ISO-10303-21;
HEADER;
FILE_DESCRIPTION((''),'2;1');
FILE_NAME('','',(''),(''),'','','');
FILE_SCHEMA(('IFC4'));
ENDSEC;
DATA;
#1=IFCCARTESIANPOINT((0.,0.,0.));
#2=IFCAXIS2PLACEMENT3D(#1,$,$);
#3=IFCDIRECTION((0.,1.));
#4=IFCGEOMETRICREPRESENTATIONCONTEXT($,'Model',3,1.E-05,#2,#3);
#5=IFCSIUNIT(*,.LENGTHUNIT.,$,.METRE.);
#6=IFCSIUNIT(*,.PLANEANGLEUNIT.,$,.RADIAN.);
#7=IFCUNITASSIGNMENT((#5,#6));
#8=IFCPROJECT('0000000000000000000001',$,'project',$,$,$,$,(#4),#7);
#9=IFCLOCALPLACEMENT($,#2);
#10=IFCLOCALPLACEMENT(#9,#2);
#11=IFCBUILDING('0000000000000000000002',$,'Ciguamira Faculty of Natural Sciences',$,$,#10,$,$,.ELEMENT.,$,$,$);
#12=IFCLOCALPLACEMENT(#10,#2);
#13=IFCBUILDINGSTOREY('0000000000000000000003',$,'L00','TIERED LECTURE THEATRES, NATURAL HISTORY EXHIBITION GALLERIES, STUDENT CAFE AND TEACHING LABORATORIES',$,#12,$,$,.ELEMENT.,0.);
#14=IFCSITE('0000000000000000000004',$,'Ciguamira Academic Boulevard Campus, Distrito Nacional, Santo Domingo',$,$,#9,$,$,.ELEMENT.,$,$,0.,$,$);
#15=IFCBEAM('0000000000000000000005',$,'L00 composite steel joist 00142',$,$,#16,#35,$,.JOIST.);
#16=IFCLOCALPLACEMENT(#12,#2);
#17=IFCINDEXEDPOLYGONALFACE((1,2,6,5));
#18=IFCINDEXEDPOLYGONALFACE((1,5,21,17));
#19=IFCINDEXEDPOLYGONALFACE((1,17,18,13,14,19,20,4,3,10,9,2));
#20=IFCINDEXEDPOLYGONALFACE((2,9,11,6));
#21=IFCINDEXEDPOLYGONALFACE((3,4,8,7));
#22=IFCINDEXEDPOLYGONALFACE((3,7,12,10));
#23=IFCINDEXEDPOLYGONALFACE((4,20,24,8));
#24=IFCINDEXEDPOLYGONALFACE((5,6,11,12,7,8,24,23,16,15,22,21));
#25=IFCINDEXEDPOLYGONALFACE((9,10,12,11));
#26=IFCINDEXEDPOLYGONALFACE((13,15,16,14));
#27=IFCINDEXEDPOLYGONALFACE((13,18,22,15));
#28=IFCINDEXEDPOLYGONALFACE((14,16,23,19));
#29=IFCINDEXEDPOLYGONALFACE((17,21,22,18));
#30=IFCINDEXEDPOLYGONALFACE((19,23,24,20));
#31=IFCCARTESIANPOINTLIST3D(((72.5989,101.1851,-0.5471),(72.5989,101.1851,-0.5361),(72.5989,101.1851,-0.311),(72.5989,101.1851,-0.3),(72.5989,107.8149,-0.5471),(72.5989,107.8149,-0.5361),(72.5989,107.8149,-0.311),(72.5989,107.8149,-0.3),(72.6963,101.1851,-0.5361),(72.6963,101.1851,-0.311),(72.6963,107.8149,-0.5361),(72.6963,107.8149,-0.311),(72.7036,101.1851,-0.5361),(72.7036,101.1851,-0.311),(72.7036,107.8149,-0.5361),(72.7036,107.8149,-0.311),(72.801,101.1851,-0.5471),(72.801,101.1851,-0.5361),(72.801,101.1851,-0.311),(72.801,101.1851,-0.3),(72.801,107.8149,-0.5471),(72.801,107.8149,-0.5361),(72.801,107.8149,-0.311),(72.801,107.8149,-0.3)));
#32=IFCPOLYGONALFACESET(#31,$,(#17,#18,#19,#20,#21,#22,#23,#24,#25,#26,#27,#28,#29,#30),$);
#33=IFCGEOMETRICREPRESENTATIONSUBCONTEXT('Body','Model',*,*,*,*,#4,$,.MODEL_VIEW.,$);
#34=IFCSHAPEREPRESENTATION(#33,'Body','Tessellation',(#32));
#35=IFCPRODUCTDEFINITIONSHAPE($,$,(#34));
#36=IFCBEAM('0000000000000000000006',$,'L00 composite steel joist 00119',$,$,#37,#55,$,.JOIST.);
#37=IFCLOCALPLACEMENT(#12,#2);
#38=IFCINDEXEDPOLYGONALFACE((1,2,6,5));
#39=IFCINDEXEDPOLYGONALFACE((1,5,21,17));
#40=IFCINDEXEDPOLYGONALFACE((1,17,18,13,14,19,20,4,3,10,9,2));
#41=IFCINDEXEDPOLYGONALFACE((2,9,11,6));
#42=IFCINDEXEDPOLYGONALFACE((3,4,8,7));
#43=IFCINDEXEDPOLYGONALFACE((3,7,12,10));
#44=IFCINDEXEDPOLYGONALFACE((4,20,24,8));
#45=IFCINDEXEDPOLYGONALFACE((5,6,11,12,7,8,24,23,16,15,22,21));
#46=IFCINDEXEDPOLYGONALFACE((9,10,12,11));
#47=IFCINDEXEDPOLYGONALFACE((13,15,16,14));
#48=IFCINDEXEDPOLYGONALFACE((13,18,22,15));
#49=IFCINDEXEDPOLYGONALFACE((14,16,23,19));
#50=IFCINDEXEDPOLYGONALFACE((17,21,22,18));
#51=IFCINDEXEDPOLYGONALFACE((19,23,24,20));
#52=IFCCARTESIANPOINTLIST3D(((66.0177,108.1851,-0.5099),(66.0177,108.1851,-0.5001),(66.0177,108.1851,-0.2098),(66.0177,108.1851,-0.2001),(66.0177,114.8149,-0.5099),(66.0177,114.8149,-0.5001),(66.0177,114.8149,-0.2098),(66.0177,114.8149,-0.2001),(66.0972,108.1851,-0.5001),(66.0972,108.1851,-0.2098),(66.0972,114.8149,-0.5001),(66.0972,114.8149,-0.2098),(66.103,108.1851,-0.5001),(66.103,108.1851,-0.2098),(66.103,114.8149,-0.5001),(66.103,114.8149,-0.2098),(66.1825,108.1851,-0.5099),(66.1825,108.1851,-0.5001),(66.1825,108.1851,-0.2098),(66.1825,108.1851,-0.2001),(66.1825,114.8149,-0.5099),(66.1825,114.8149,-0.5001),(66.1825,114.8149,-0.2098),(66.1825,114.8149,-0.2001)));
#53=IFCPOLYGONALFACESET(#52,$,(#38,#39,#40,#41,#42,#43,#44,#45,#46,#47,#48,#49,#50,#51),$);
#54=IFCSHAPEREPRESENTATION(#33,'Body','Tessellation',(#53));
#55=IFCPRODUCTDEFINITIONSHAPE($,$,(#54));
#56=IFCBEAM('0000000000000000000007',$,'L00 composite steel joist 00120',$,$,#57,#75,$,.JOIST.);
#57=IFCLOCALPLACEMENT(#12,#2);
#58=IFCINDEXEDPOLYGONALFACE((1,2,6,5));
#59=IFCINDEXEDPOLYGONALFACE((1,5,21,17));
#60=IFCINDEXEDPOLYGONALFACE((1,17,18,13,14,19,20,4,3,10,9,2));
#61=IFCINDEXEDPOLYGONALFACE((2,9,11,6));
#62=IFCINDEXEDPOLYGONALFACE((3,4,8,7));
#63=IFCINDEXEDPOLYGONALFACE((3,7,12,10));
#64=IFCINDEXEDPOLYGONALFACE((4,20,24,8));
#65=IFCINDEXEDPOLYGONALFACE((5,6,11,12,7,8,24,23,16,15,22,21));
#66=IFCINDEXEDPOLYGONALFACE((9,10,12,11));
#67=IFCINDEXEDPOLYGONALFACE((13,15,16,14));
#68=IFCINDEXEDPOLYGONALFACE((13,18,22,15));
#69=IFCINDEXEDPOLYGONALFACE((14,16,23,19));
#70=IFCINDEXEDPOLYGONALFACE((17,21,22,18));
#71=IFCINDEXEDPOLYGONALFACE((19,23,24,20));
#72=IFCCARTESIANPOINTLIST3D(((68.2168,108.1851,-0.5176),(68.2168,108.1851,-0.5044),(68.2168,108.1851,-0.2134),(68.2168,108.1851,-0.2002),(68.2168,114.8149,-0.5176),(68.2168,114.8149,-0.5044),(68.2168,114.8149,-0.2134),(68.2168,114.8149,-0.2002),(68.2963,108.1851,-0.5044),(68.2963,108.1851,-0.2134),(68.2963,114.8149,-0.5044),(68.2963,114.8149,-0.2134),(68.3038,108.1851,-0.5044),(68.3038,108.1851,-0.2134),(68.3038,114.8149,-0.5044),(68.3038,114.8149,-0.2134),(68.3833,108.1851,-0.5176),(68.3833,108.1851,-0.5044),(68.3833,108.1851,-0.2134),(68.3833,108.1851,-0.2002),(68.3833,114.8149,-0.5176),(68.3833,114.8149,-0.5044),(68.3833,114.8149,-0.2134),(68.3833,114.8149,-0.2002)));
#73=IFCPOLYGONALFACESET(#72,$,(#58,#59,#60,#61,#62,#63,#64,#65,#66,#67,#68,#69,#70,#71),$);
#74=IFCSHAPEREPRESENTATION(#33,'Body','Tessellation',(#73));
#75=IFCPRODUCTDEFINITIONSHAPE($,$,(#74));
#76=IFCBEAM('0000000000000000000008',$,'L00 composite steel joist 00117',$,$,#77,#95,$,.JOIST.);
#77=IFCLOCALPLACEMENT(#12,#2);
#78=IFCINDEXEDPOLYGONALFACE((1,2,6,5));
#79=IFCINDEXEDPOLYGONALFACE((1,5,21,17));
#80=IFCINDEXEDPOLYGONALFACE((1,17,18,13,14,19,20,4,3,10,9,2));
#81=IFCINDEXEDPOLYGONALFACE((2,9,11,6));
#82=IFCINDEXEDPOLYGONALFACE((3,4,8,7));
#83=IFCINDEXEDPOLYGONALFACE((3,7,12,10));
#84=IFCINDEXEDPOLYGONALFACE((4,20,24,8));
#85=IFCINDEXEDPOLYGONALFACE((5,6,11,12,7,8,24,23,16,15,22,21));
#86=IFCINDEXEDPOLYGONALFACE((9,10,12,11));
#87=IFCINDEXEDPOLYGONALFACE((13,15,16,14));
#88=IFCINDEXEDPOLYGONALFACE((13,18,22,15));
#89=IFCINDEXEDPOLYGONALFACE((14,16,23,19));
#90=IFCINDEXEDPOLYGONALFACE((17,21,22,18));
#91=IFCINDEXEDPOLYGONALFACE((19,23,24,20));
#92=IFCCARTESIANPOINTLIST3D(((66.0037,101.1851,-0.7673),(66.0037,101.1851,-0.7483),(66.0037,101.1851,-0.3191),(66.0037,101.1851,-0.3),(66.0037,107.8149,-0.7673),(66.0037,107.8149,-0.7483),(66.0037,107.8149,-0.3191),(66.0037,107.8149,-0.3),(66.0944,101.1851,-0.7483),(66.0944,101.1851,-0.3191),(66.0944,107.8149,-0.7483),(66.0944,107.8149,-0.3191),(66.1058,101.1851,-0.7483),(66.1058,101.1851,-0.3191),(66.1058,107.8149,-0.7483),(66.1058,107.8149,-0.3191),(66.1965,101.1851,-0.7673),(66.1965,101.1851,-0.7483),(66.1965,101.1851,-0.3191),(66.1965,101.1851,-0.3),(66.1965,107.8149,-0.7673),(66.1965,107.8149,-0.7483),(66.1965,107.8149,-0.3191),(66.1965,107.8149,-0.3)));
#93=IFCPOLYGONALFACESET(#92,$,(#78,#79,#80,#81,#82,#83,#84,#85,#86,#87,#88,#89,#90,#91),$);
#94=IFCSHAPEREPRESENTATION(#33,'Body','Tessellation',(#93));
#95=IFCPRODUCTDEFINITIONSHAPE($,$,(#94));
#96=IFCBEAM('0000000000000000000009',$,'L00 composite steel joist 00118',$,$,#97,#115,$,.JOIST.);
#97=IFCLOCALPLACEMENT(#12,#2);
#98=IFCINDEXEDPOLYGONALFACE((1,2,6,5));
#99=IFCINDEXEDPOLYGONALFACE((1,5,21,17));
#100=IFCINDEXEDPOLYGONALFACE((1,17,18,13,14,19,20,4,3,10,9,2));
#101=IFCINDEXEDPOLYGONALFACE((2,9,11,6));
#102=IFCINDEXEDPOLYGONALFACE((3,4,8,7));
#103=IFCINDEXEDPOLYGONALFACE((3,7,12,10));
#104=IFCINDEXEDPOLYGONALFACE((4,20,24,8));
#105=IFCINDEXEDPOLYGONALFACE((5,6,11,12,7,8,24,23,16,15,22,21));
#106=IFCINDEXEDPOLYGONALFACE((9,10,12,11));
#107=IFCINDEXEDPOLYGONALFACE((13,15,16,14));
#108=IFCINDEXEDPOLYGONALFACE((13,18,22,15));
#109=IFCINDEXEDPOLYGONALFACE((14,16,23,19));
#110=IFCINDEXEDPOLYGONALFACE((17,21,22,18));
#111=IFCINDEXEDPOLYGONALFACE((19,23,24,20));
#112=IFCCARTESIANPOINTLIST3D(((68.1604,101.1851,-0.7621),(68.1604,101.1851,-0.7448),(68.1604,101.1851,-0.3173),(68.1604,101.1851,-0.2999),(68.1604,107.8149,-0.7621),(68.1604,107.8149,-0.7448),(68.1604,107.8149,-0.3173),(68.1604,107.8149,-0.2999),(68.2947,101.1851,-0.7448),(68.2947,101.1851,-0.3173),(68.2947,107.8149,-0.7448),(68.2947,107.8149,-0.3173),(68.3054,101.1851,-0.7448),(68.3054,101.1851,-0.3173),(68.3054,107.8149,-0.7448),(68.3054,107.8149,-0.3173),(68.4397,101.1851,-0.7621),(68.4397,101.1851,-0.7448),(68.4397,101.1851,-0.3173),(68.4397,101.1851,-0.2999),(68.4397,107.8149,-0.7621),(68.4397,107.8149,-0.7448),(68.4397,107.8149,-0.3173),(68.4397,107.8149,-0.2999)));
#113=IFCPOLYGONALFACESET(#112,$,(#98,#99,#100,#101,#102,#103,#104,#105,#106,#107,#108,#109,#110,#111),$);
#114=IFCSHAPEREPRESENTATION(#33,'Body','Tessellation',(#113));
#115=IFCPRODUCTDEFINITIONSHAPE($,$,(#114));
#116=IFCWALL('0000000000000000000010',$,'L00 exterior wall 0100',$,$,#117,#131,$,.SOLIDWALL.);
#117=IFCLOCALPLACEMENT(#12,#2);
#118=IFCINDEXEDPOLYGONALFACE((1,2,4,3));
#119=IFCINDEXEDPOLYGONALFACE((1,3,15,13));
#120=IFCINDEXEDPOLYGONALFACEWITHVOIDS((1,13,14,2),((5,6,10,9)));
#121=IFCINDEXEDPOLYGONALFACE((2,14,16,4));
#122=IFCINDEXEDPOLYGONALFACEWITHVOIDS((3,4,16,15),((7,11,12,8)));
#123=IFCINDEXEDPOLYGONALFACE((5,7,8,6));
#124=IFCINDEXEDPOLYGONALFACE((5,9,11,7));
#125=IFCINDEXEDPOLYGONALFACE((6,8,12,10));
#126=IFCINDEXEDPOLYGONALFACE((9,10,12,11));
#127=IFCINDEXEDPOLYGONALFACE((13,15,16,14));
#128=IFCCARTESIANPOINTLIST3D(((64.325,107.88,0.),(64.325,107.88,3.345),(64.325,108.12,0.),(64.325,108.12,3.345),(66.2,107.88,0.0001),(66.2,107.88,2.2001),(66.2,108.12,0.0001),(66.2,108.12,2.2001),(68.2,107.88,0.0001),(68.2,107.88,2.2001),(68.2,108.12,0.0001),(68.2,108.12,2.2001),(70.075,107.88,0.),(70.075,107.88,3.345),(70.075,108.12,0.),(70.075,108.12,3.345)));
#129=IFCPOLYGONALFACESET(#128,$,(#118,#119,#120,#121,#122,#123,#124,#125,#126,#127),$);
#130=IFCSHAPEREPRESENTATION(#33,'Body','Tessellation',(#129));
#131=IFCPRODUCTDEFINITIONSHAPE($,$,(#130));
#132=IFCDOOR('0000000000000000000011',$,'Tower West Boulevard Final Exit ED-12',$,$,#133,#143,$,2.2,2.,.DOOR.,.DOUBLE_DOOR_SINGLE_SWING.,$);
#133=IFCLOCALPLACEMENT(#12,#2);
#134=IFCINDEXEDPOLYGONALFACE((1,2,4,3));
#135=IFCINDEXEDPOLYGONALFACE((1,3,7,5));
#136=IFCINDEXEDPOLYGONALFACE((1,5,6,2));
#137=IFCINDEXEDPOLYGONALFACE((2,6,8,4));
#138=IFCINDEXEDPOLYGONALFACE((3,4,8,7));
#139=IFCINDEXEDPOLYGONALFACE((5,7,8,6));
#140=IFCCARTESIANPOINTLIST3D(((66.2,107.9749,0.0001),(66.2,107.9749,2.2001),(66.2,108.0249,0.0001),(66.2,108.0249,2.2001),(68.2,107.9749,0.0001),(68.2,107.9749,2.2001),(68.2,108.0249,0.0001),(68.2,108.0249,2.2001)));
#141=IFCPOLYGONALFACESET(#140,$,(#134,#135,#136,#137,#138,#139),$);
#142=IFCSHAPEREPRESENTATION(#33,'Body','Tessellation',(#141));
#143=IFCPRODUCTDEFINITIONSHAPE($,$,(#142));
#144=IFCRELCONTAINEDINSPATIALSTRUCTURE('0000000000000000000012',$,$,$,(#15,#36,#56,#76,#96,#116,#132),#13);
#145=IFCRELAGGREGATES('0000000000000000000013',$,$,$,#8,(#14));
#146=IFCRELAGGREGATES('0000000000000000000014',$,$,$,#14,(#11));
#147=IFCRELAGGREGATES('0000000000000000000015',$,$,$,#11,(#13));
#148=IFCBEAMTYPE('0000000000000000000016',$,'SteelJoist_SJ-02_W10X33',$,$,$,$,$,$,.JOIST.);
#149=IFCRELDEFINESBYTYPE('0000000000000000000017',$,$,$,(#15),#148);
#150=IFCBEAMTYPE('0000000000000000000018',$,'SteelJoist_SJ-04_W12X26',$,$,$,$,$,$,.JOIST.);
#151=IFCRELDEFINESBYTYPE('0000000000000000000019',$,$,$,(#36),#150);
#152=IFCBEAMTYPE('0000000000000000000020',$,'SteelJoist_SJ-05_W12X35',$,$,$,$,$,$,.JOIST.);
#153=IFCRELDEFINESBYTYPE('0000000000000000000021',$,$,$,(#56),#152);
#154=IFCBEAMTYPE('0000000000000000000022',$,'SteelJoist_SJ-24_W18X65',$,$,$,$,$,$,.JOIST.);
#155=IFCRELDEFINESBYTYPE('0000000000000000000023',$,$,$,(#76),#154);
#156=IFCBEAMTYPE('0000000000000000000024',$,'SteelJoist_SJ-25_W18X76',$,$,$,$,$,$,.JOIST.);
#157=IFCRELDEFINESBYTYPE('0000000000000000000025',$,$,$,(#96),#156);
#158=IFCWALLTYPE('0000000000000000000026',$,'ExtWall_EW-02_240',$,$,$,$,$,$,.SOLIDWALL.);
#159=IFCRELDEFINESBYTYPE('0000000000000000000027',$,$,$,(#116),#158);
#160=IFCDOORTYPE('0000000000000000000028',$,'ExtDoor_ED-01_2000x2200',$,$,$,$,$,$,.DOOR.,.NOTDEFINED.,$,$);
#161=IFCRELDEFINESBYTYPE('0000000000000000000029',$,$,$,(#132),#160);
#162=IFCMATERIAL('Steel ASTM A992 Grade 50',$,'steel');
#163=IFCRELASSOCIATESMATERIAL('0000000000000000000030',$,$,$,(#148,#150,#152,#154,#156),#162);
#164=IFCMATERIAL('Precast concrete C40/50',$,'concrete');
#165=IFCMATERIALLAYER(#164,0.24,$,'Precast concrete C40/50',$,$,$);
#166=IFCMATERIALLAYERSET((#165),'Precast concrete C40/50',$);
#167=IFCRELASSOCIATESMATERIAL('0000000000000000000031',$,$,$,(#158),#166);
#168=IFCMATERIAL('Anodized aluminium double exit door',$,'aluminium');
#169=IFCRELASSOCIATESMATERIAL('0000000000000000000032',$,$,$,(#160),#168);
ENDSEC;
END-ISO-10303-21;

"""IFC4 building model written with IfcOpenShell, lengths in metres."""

from ifc_helpers import new_model, si_unit, direction, frame, frame_2d, origin, origin_2d, place, context, subcontext, project, spatial, rectangle, i_section, extrude, material, layer, layer_set, material_profile, profile_set, type_object, element, fill, save


model = new_model("IFC4")

# Units and contexts
model_context = context("Model", 3, precision=1e-05, world=origin(), true_north=direction((0.0, 1.0)))
body_context = subcontext(model_context, "Body", "Model", "MODEL_VIEW")
ifc_project = project(units=[si_unit("LENGTHUNIT", "METRE"), si_unit("PLANEANGLEUNIT", "RADIAN")], contexts=[model_context])

# Site, building, storey
site_placement = place(None, origin())
site = spatial("IfcSite", under=ifc_project, at=site_placement, Name="Ciguamira Academic Boulevard Campus, Distrito Nacional, Santo Domingo", CompositionType="ELEMENT", RefElevation=0.0)
building_placement = place(site_placement, origin())
building = spatial("IfcBuilding", under=site, at=building_placement, Name="Ciguamira Faculty of Natural Sciences", CompositionType="ELEMENT")
storey_placement = place(building_placement, origin())
storey = spatial("IfcBuildingStorey", under=building, at=storey_placement, Name="L00", Description="TIERED LECTURE THEATRES, NATURAL HISTORY EXHIBITION GALLERIES, STUDENT CAFE AND TEACHING LABORATORIES", CompositionType="ELEMENT", Elevation=0.0)

# Beams
ifc_material_1 = material(Name="Steel ASTM A992 Grade 50", Category="steel")
ifc_material_profile_1 = material_profile(ifc_material_1, i_section(OverallWidth=0.2021, OverallDepth=0.2471, WebThickness=0.0073, FlangeThickness=0.011, at=origin_2d()), Name="W10X33")
ifc_profile_set_1 = profile_set([ifc_material_profile_1], Name="Steel ASTM A992 Grade 50")
beam_type_1 = type_object("IfcBeamType", Name="SteelJoist_SJ-02_W10X33", PredefinedType="JOIST", material=ifc_profile_set_1)
beam_1_placement = place(storey_placement, frame((72.7, 101.1851, -0.4236), z_axis=(0.0, 1.0, 0.0), x_axis=(-1.0, 0.0, 0.0)))
element("IfcBeam", 1, at=beam_1_placement, inside=storey, type_object=beam_type_1, Name="L00 composite steel joist 00142", PredefinedType="JOIST", context=body_context, shape_type="SweptSolid", body=[
    extrude(i_section(OverallWidth=0.2021, OverallDepth=0.2471, WebThickness=0.0073, FlangeThickness=0.011, at=origin_2d()), origin(), (0.0, 0.0, 1.0), 6.6299),
])
ifc_material_profile_2 = material_profile(ifc_material_1, i_section(OverallWidth=0.1648, OverallDepth=0.3098, WebThickness=0.0059, FlangeThickness=0.0098, at=origin_2d()), Name="W12X26")
ifc_profile_set_2 = profile_set([ifc_material_profile_2], Name="Steel ASTM A992 Grade 50")
beam_type_2 = type_object("IfcBeamType", Name="SteelJoist_SJ-04_W12X26", PredefinedType="JOIST", material=ifc_profile_set_2)
beam_2_placement = place(storey_placement, frame((66.1001, 108.1851, -0.355), z_axis=(0.0, 1.0, 0.0), x_axis=(-1.0, 0.0, 0.0)))
element("IfcBeam", 2, at=beam_2_placement, inside=storey, type_object=beam_type_2, Name="L00 composite steel joist 00119", PredefinedType="JOIST", context=body_context, shape_type="SweptSolid", body=[
    extrude(i_section(OverallWidth=0.1648, OverallDepth=0.3098, WebThickness=0.0059, FlangeThickness=0.0098, at=origin_2d()), origin(), (0.0, 0.0, 1.0), 6.6299),
])
ifc_material_profile_3 = material_profile(ifc_material_1, i_section(OverallWidth=0.1665, OverallDepth=0.3174, WebThickness=0.0076, FlangeThickness=0.0132, at=origin_2d()), Name="W12X35")
ifc_profile_set_3 = profile_set([ifc_material_profile_3], Name="Steel ASTM A992 Grade 50")
beam_type_3 = type_object("IfcBeamType", Name="SteelJoist_SJ-05_W12X35", PredefinedType="JOIST", material=ifc_profile_set_3)
beam_3_placement = place(storey_placement, frame((68.3, 108.1851, -0.3589), z_axis=(0.0, 1.0, 0.0), x_axis=(-1.0, 0.0, 0.0)))
element("IfcBeam", 3, at=beam_3_placement, inside=storey, type_object=beam_type_3, Name="L00 composite steel joist 00120", PredefinedType="JOIST", context=body_context, shape_type="SweptSolid", body=[
    extrude(i_section(OverallWidth=0.1665, OverallDepth=0.3174, WebThickness=0.0076, FlangeThickness=0.0132, at=origin_2d()), origin(), (0.0, 0.0, 1.0), 6.6299),
])
ifc_material_profile_4 = material_profile(ifc_material_1, i_section(OverallWidth=0.1929, OverallDepth=0.4673, WebThickness=0.0115, FlangeThickness=0.019, at=origin_2d()), Name="W18X65")
ifc_profile_set_4 = profile_set([ifc_material_profile_4], Name="Steel ASTM A992 Grade 50")
beam_type_4 = type_object("IfcBeamType", Name="SteelJoist_SJ-24_W18X65", PredefinedType="JOIST", material=ifc_profile_set_4)
beam_4_placement = place(storey_placement, frame((66.1001, 101.1851, -0.5337), z_axis=(0.0, 1.0, 0.0), x_axis=(-1.0, 0.0, 0.0)))
element("IfcBeam", 4, at=beam_4_placement, inside=storey, type_object=beam_type_4, Name="L00 composite steel joist 00117", PredefinedType="JOIST", context=body_context, shape_type="SweptSolid", body=[
    extrude(i_section(OverallWidth=0.1929, OverallDepth=0.4673, WebThickness=0.0115, FlangeThickness=0.019, at=origin_2d()), origin(), (0.0, 0.0, 1.0), 6.6299),
])
ifc_material_profile_5 = material_profile(ifc_material_1, i_section(OverallWidth=0.2793, OverallDepth=0.4622, WebThickness=0.0107, FlangeThickness=0.0173, at=origin_2d()), Name="W18X76")
ifc_profile_set_5 = profile_set([ifc_material_profile_5], Name="Steel ASTM A992 Grade 50")
beam_type_5 = type_object("IfcBeamType", Name="SteelJoist_SJ-25_W18X76", PredefinedType="JOIST", material=ifc_profile_set_5)
beam_5_placement = place(storey_placement, frame((68.3, 101.1851, -0.531), z_axis=(0.0, 1.0, 0.0), x_axis=(-1.0, 0.0, 0.0)))
element("IfcBeam", 5, at=beam_5_placement, inside=storey, type_object=beam_type_5, Name="L00 composite steel joist 00118", PredefinedType="JOIST", context=body_context, shape_type="SweptSolid", body=[
    extrude(i_section(OverallWidth=0.2793, OverallDepth=0.4622, WebThickness=0.0107, FlangeThickness=0.0173, at=origin_2d()), origin(), (0.0, 0.0, 1.0), 6.6299),
])

# Wall, opening, door
ifc_material_2 = material(Name="Precast concrete C40/50", Category="concrete")
ifc_layer_1 = layer(ifc_material_2, 0.24, Name="Precast concrete C40/50")
ifc_layer_set_1 = layer_set([ifc_layer_1], Name="Precast concrete C40/50")
wall_type_1 = type_object("IfcWallType", Name="ExtWall_EW-02_240", PredefinedType="SOLIDWALL", material=ifc_layer_set_1)
wall_1_placement = place(storey_placement, frame((64.325, 108.0, 0.0), z_axis=(0.0, 0.0, 1.0), x_axis=(1.0, 0.0, 0.0)))
wall_1 = element("IfcWall", 6, at=wall_1_placement, inside=storey, type_object=wall_type_1, Name="L00 exterior wall 0100", PredefinedType="SOLIDWALL", context=body_context, shape_type="SweptSolid", body=[
    extrude(rectangle(XDim=5.75, YDim=0.24, at=frame_2d((2.875, 0.0))), origin(), (0.0, 0.0, 1.0), 3.345),
])
opening_1_placement = place(wall_1_placement, frame((1.875, 0.0, 0.0)))
opening_1 = element("IfcOpeningElement", 7, at=opening_1_placement, cuts=wall_1, PredefinedType="OPENING", context=body_context, shape_type="SweptSolid", body=[
    extrude(rectangle(XDim=2.0, YDim=2.2, at=frame_2d((1.0, 1.1001))), frame((0.0, 0.1299, 0.0), z_axis=(0.0, -1.0, 0.0), x_axis=(1.0, 0.0, 0.0)), (0.0, 0.0, 1.0), 0.26),
])
ifc_material_3 = material(Name="Anodized aluminium double exit door", Category="aluminium")
door_type_1 = type_object("IfcDoorType", Name="ExtDoor_ED-01_2000x2200", OperationType="NOTDEFINED", PredefinedType="DOOR", material=ifc_material_3)
door_1_placement = place(opening_1_placement, origin())
door_1 = element("IfcDoor", 8, at=door_1_placement, inside=storey, type_object=door_type_1, Name="Tower West Boulevard Final Exit ED-12", OperationType="DOUBLE_DOOR_SINGLE_SWING", OverallHeight=2.2, OverallWidth=2.0, PredefinedType="DOOR", context=body_context, shape_type="SweptSolid", body=[
    extrude(rectangle(XDim=2.0, YDim=2.2, at=frame_2d((1.0, 1.1001))), frame((0.0, 0.0249, 0.0), z_axis=(0.0, -1.0, 0.0), x_axis=(1.0, 0.0, 0.0)), (0.0, 0.0, 1.0), 0.05),
])
fill(opening_1, door_1)

save(model, "model.ifc")
